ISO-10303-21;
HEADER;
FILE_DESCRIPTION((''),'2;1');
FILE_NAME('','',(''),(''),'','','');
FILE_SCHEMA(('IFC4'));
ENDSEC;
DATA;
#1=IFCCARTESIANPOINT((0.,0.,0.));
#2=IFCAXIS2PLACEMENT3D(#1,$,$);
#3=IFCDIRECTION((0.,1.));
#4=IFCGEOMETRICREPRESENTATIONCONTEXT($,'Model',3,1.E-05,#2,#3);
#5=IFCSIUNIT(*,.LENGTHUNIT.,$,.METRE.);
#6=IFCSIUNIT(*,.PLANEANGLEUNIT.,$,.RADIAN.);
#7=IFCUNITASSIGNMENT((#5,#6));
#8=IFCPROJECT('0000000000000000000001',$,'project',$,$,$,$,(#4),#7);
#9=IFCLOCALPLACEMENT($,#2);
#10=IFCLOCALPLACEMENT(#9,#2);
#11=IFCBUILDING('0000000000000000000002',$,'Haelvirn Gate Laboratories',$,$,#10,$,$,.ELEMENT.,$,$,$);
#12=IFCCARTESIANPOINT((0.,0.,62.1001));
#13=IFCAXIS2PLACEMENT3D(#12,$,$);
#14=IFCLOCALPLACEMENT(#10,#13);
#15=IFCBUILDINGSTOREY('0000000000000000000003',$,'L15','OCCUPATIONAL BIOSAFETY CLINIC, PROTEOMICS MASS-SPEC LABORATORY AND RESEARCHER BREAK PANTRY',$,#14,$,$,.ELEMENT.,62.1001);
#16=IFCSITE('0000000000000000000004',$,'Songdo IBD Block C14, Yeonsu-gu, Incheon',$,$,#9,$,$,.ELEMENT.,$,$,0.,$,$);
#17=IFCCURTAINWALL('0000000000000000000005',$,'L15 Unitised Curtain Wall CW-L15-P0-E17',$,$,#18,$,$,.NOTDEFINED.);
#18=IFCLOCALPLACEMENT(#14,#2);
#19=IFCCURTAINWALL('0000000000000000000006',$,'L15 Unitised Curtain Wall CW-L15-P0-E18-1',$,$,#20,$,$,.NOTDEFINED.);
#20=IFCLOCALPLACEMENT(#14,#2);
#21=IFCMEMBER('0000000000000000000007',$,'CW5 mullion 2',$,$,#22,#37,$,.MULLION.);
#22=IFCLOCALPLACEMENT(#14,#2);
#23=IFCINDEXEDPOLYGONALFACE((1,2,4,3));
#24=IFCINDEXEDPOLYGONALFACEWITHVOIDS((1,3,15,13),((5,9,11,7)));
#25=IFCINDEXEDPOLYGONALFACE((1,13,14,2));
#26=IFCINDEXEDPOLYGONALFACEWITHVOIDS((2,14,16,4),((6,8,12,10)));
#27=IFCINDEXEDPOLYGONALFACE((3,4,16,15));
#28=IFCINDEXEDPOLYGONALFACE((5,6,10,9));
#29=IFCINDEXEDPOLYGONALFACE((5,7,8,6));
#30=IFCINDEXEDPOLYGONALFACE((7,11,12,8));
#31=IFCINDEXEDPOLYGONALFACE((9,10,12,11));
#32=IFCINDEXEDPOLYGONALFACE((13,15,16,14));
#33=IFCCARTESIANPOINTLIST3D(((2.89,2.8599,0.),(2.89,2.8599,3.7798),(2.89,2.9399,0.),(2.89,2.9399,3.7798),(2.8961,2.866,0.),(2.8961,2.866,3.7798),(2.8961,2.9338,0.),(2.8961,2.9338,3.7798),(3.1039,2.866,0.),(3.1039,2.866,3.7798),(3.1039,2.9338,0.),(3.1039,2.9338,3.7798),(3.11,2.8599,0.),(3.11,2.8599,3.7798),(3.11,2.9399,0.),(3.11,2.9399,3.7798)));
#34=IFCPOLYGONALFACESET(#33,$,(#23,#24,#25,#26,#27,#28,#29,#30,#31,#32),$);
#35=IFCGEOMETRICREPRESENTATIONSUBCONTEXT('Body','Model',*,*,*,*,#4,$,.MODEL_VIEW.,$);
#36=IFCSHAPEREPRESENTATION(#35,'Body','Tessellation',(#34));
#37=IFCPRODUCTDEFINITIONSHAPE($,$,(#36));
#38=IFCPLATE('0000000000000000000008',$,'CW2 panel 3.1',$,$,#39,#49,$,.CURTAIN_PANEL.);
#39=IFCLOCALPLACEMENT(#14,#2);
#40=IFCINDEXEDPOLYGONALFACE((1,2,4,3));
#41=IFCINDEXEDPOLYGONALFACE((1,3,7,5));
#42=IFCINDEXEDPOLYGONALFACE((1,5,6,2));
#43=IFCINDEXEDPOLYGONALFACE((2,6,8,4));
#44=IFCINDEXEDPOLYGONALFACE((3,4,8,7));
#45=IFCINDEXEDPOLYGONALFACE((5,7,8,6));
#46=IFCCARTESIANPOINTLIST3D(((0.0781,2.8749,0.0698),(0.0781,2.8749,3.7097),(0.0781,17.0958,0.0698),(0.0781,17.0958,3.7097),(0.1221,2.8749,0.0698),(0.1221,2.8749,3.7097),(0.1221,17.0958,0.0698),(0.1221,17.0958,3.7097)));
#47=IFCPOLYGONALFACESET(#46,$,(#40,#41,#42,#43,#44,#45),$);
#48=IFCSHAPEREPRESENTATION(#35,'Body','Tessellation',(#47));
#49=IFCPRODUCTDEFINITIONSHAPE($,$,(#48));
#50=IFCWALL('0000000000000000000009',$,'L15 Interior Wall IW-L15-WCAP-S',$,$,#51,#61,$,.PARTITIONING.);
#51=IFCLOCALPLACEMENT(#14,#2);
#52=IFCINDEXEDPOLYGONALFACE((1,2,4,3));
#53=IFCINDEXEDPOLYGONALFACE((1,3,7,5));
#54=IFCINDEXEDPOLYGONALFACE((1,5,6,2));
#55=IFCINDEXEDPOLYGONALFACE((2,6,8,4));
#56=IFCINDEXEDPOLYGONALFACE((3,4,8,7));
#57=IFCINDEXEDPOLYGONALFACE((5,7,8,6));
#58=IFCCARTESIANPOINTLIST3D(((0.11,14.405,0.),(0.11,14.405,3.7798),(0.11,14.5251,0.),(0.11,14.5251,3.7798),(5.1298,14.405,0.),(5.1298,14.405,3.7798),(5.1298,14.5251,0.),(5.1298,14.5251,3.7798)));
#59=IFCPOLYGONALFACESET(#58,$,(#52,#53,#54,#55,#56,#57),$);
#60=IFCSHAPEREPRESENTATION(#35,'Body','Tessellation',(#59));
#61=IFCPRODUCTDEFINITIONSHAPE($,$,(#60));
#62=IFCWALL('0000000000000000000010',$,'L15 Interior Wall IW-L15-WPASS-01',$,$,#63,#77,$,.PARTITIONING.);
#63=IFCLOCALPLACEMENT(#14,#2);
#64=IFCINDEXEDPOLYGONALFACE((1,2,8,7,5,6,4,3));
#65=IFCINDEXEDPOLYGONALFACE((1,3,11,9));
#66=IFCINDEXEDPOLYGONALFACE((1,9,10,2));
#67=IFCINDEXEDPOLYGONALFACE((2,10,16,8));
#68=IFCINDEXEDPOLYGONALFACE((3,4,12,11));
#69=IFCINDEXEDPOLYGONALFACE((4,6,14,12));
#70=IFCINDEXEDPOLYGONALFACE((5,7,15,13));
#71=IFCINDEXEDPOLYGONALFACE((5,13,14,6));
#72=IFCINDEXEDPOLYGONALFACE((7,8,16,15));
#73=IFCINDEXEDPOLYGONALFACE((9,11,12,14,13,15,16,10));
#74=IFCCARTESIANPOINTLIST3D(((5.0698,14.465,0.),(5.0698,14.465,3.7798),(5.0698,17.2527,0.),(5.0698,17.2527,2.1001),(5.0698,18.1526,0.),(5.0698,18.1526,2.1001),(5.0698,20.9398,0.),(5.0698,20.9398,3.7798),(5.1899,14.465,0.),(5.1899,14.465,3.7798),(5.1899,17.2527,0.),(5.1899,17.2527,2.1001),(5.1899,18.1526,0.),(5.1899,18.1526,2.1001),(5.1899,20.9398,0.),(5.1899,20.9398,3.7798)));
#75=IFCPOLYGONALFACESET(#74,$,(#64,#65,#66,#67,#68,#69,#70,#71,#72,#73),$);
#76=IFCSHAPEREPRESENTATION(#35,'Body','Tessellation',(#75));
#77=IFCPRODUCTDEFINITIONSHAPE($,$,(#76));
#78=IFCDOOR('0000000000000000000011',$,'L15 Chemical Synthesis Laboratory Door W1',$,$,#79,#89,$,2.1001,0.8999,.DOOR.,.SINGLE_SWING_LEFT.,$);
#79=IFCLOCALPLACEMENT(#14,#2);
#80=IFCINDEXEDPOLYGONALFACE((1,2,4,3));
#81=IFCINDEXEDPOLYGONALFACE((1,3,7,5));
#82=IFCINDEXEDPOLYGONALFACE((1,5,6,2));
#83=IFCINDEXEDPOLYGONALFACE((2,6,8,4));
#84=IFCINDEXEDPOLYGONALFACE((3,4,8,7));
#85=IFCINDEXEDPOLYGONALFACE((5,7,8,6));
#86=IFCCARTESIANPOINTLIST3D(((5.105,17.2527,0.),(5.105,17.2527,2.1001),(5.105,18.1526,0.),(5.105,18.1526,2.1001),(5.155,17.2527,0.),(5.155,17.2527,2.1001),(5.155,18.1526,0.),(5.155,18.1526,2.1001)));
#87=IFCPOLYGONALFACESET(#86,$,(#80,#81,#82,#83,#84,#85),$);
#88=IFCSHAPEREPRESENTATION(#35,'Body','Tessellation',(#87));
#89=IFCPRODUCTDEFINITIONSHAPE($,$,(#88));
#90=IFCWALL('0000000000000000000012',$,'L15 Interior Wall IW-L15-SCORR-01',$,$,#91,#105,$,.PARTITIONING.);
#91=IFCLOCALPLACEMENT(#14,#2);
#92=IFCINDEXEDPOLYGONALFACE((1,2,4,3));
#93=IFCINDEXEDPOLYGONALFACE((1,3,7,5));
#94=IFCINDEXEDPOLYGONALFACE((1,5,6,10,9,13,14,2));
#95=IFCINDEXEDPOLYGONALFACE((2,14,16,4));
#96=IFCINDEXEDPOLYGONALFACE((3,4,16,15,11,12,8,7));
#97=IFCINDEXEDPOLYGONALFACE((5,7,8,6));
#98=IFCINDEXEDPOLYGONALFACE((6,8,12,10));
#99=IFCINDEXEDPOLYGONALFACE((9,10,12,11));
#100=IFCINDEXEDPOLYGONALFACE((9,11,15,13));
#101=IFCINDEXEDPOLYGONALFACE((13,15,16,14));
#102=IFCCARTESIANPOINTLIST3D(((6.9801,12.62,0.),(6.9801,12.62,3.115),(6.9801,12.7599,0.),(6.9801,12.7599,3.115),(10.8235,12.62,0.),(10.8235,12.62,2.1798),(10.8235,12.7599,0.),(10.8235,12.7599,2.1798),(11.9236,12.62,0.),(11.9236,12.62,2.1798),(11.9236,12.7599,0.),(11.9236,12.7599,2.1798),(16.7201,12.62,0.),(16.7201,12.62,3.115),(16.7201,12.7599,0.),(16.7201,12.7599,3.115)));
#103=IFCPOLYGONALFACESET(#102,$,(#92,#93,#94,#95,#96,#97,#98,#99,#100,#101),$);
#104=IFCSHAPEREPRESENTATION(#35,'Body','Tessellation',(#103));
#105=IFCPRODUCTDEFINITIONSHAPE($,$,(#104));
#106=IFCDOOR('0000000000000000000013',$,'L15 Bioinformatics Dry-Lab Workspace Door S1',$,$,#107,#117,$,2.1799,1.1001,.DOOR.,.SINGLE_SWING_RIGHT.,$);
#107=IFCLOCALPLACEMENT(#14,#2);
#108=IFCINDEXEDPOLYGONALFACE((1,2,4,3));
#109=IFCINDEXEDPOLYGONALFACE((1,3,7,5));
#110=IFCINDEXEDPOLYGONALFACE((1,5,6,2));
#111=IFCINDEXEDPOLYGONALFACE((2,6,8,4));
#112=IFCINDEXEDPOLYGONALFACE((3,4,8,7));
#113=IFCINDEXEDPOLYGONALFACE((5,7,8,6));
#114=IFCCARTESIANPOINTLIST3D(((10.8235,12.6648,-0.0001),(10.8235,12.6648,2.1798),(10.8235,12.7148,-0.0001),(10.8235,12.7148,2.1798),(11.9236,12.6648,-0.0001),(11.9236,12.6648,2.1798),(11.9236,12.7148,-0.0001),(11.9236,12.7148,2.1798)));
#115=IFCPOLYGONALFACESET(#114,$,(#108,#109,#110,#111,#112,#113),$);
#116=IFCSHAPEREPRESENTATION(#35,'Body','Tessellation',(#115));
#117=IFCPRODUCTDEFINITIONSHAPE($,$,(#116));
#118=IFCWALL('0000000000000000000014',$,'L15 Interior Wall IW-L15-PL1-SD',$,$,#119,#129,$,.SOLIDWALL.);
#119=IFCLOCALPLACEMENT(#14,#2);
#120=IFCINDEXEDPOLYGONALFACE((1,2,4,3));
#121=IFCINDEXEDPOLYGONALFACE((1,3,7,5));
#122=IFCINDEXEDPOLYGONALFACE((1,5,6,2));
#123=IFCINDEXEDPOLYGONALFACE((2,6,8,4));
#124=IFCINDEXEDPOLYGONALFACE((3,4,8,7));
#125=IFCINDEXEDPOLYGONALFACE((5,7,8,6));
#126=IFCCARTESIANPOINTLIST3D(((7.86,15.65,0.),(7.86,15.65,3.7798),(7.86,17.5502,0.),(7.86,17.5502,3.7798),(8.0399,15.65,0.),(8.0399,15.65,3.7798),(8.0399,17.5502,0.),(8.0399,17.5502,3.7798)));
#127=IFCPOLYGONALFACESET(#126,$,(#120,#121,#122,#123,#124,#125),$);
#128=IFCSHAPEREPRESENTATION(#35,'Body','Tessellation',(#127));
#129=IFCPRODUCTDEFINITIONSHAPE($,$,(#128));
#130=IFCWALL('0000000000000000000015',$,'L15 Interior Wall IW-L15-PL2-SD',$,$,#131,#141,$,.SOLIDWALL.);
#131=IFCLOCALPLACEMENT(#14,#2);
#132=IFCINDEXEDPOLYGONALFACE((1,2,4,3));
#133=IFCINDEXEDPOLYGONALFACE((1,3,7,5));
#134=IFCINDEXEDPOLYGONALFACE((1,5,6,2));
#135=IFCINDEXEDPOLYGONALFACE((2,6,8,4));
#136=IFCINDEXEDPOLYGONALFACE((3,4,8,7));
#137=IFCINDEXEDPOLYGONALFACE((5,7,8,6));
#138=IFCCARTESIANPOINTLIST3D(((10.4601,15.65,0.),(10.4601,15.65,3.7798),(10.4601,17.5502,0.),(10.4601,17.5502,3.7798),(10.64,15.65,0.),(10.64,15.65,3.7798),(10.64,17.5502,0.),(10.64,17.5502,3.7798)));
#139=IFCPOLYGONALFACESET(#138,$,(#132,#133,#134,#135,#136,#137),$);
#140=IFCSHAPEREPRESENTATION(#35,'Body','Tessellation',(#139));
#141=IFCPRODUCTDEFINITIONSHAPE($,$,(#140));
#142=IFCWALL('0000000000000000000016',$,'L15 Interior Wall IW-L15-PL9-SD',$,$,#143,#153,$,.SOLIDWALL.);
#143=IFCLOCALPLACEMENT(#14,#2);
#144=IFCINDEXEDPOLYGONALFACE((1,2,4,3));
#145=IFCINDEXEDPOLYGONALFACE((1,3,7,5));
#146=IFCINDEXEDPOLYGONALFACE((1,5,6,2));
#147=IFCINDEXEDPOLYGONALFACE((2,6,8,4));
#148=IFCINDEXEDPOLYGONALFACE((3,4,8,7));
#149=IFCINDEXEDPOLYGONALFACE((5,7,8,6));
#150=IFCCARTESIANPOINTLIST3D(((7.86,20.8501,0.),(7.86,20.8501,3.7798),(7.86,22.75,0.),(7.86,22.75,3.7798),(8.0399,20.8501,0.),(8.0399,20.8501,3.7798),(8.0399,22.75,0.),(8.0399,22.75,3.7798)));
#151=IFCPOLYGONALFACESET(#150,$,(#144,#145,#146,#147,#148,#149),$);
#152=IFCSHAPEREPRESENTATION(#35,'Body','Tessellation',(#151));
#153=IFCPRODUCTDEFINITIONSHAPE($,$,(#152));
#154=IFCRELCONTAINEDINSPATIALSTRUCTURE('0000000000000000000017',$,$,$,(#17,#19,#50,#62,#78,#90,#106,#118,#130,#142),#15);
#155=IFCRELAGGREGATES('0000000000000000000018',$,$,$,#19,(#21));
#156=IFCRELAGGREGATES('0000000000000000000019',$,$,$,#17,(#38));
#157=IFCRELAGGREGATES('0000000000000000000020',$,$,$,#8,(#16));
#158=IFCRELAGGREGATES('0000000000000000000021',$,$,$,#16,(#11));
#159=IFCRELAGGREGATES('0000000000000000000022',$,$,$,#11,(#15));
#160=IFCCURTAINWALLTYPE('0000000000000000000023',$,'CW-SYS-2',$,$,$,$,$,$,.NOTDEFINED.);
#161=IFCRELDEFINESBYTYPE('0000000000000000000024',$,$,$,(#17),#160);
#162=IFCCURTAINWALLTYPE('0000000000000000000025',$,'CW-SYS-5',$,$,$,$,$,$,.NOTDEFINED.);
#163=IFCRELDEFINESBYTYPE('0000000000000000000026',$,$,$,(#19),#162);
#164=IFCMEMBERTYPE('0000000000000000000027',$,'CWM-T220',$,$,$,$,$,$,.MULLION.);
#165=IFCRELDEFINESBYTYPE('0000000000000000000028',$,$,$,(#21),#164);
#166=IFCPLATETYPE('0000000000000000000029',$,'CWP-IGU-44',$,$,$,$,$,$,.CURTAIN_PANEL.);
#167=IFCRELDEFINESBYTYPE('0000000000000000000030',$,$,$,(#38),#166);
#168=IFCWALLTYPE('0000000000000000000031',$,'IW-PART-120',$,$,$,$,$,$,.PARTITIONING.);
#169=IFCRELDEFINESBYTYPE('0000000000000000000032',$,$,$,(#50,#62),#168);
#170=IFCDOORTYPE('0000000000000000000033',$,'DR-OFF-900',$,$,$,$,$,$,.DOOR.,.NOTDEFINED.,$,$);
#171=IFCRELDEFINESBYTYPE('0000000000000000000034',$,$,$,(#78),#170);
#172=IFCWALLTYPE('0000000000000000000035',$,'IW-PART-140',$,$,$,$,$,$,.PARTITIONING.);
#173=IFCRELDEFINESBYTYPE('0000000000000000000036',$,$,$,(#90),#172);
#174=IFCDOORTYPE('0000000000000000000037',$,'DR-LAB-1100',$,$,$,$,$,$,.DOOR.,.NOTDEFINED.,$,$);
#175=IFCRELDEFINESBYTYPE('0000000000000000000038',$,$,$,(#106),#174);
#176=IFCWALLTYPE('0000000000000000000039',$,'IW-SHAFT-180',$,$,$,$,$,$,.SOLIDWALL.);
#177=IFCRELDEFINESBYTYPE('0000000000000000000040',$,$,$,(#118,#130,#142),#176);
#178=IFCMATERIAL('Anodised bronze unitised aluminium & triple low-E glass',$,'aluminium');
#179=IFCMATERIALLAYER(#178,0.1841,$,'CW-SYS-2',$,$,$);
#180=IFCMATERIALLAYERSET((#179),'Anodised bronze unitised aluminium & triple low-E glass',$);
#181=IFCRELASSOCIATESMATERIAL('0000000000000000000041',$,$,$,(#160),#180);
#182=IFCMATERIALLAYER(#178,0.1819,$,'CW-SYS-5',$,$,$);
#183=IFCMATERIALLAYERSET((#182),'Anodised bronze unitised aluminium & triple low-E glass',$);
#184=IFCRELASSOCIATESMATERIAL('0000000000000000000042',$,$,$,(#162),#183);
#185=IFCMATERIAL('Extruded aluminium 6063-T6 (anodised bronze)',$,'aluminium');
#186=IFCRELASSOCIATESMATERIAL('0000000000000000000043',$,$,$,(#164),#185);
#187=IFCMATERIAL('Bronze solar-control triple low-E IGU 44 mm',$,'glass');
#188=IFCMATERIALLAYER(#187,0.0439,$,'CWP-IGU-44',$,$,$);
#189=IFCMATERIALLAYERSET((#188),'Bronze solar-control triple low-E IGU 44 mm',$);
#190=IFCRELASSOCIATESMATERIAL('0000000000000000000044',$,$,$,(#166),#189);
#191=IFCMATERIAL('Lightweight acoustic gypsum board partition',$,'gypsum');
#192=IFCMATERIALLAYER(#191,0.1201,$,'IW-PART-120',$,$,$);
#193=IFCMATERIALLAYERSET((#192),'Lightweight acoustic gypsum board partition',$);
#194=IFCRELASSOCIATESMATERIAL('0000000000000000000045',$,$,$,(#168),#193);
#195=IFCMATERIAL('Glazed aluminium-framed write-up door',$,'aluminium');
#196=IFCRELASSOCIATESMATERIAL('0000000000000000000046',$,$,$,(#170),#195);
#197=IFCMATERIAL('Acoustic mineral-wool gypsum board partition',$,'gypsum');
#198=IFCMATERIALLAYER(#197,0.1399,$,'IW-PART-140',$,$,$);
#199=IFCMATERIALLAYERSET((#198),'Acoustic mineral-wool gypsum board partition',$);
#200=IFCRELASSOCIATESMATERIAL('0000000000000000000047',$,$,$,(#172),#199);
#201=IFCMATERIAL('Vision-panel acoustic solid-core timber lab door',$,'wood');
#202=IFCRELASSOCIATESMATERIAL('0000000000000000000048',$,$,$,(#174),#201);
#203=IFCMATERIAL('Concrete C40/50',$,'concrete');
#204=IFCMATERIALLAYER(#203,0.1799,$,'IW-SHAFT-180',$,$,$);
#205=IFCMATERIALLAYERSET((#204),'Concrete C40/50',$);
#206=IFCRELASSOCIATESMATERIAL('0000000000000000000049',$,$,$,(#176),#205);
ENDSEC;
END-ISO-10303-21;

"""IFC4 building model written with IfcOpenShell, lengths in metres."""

from ifc_helpers import new_model, si_unit, direction, frame, frame_2d, origin, origin_2d, place, context, subcontext, project, spatial, rectangle, hollow_rectangle, extrude, source, transform, mapped, material, layer, layer_set, material_profile, profile_set, type_object, type_shapes, element, fill, aggregate, save


model = new_model("IFC4")

# Units and contexts
model_context = context("Model", 3, precision=1e-05, world=origin(), true_north=direction((0.0, 1.0)))
body_context = subcontext(model_context, "Body", "Model", "MODEL_VIEW")
ifc_project = project(units=[si_unit("LENGTHUNIT", "METRE"), si_unit("PLANEANGLEUNIT", "RADIAN")], contexts=[model_context])

# Site, building, storey
site_placement = place(None, origin())
site = spatial("IfcSite", under=ifc_project, at=site_placement, Name="Songdo IBD Block C14, Yeonsu-gu, Incheon", CompositionType="ELEMENT", RefElevation=0.0)
building_placement = place(site_placement, origin())
building = spatial("IfcBuilding", under=site, at=building_placement, Name="Haelvirn Gate Laboratories", CompositionType="ELEMENT")
storey_placement = place(building_placement, frame((0.0, 0.0, 62.1001)))
storey = spatial("IfcBuildingStorey", under=building, at=storey_placement, Name="L15", Description="OCCUPATIONAL BIOSAFETY CLINIC, PROTEOMICS MASS-SPEC LABORATORY AND RESEARCHER BREAK PANTRY", CompositionType="ELEMENT", Elevation=62.1001)

# Curtain wall
ifc_material_1 = material(Name="Anodised bronze unitised aluminium & triple low-E glass", Category="aluminium")
ifc_layer_1 = layer(ifc_material_1, 0.1841, Name="CW-SYS-2")
ifc_layer_set_1 = layer_set([ifc_layer_1], Name="Anodised bronze unitised aluminium & triple low-E glass")
curtain_wall_type_1 = type_object("IfcCurtainWallType", Name="CW-SYS-2", PredefinedType="NOTDEFINED", material=ifc_layer_set_1)
curtain_wall_1_placement = place(storey_placement, origin())
curtain_wall_1 = element("IfcCurtainWall", 1, at=curtain_wall_1_placement, inside=storey, type_object=curtain_wall_type_1, Name="L15 Unitised Curtain Wall CW-L15-P0-E17", PredefinedType="NOTDEFINED")
ifc_material_2 = material(Name="Extruded aluminium 6063-T6 (anodised bronze)", Category="aluminium")

# Curtain wall, member
ifc_layer_2 = layer(ifc_material_1, 0.1819, Name="CW-SYS-5")
ifc_layer_set_2 = layer_set([ifc_layer_2], Name="Anodised bronze unitised aluminium & triple low-E glass")
curtain_wall_type_2 = type_object("IfcCurtainWallType", Name="CW-SYS-5", PredefinedType="NOTDEFINED", material=ifc_layer_set_2)
curtain_wall_2_placement = place(storey_placement, origin())
curtain_wall_2 = element("IfcCurtainWall", 2, at=curtain_wall_2_placement, inside=storey, type_object=curtain_wall_type_2, Name="L15 Unitised Curtain Wall CW-L15-P0-E18-1", PredefinedType="NOTDEFINED")
ifc_material_profile_1 = material_profile(ifc_material_2, hollow_rectangle(XDim=0.0801, YDim=0.22, WallThickness=0.0061, at=origin_2d()), Name="CWM-220x80x6")
ifc_profile_set_1 = profile_set([ifc_material_profile_1], Name="Extruded aluminium 6063-T6 (anodised bronze)")
member_type_1 = type_object("IfcMemberType", Name="CWM-T220", PredefinedType="MULLION", material=ifc_profile_set_1)
shared_shape_1 = source(origin(), body_context, "Body", "SweptSolid", [
    extrude(hollow_rectangle(XDim=0.0801, YDim=0.22, WallThickness=0.0061, at=origin_2d()), origin(), (0.0, 0.0, 1.0), 3.7798),
])
type_shapes(member_type_1, [shared_shape_1])
member_1_placement = place(storey_placement, frame((3.0, 2.8999, 0.0), z_axis=(0.0, 0.0, 1.0), x_axis=(0.0, 1.0, 0.0)))
member_1 = element("IfcMember", 3, at=member_1_placement, type_object=member_type_1, Name="CW5 mullion 2", PredefinedType="MULLION", context=body_context, shape_type="MappedRepresentation", body=[
    mapped(shared_shape_1, transform((0.0, 0.0, 0.0), scale=1.0)),
])
aggregate(curtain_wall_2, [member_1])

# Plate
ifc_material_3 = material(Name="Bronze solar-control triple low-E IGU 44 mm", Category="glass")
ifc_layer_3 = layer(ifc_material_3, 0.0439, Name="CWP-IGU-44")
ifc_layer_set_3 = layer_set([ifc_layer_3], Name="Bronze solar-control triple low-E IGU 44 mm")
plate_type = type_object("IfcPlateType", Name="CWP-IGU-44", PredefinedType="CURTAIN_PANEL", material=ifc_layer_set_3)
shared_shape_2 = source(origin(), body_context, "Body", "SweptSolid", [
    extrude(rectangle(XDim=14.2209, YDim=0.0439, at=origin_2d()), origin(), (0.0, 0.0, 1.0), 3.6399),
])
type_shapes(plate_type, [shared_shape_2])
plate_placement = place(storey_placement, frame((0.1001, 9.9854, 0.0698), z_axis=(0.0, 0.0, 1.0), x_axis=(0.0, -1.0, 0.0)))
plate = element("IfcPlate", 4, at=plate_placement, type_object=plate_type, Name="CW2 panel 3.1", PredefinedType="CURTAIN_PANEL", context=body_context, shape_type="MappedRepresentation", body=[
    mapped(shared_shape_2, transform((0.0, 0.0, 0.0), scale=1.0)),
])
aggregate(curtain_wall_1, [plate])

# Wall
ifc_material_4 = material(Name="Lightweight acoustic gypsum board partition", Category="gypsum")
ifc_layer_4 = layer(ifc_material_4, 0.1201, Name="IW-PART-120")
ifc_layer_set_4 = layer_set([ifc_layer_4], Name="Lightweight acoustic gypsum board partition")
wall_type_1 = type_object("IfcWallType", Name="IW-PART-120", PredefinedType="PARTITIONING", material=ifc_layer_set_4)
wall_1_placement = place(storey_placement, frame((0.1101, 14.4651, 0.0), z_axis=(0.0, 0.0, 1.0), x_axis=(1.0, 0.0, 0.0)))
element("IfcWall", 5, at=wall_1_placement, inside=storey, type_object=wall_type_1, Name="L15 Interior Wall IW-L15-WCAP-S", PredefinedType="PARTITIONING", context=body_context, shape_type="SweptSolid", body=[
    extrude(rectangle(XDim=5.0198, YDim=0.1201, at=frame_2d((2.5098, 0.0))), origin(), (0.0, 0.0, 1.0), 3.7798),
])

# Walls, openings, doors
wall_2_placement = place(storey_placement, frame((5.1299, 14.4651, 0.0), z_axis=(0.0, 0.0, 1.0), x_axis=(0.0, 1.0, 0.0)))
wall_2 = element("IfcWall", 6, at=wall_2_placement, inside=storey, type_object=wall_type_1, Name="L15 Interior Wall IW-L15-WPASS-01", PredefinedType="PARTITIONING", context=body_context, shape_type="SweptSolid", body=[
    extrude(rectangle(XDim=6.4749, YDim=0.1201, at=frame_2d((3.2373, 0.0))), origin(), (0.0, 0.0, 1.0), 3.7798),
])
opening_1_placement = place(wall_2_placement, frame((2.7876, 0.0, 0.0)))
opening_1 = element("IfcOpeningElement", 7, at=opening_1_placement, cuts=wall_2, PredefinedType="OPENING", context=body_context, shape_type="SweptSolid", body=[
    extrude(rectangle(XDim=0.8999, YDim=2.1001, at=frame_2d((0.45, 1.05))), frame((0.0, 0.0701, 0.0), z_axis=(0.0, -1.0, 0.0), x_axis=(1.0, 0.0, 0.0)), (0.0, 0.0, 1.0), 0.1401),
])
ifc_material_5 = material(Name="Glazed aluminium-framed write-up door", Category="aluminium")
door_type_1 = type_object("IfcDoorType", Name="DR-OFF-900", OperationType="NOTDEFINED", PredefinedType="DOOR", material=ifc_material_5)
shared_shape_3 = source(origin(), body_context, "Body", "SweptSolid", [
    extrude(rectangle(XDim=0.8999, YDim=2.1001, at=frame_2d((0.45, 1.05))), frame((0.0, 0.0249, 0.0), z_axis=(0.0, -1.0, 0.0), x_axis=(1.0, 0.0, 0.0)), (0.0, 0.0, 1.0), 0.05),
])
type_shapes(door_type_1, [shared_shape_3])
door_1_placement = place(opening_1_placement, origin())
door_1 = element("IfcDoor", 8, at=door_1_placement, inside=storey, type_object=door_type_1, Name="L15 Chemical Synthesis Laboratory Door W1", OperationType="SINGLE_SWING_LEFT", OverallHeight=2.1001, OverallWidth=0.8999, PredefinedType="DOOR", context=body_context, shape_type="MappedRepresentation", body=[
    mapped(shared_shape_3, transform((0.0, 0.0, 0.0), scale=1.0)),
])
fill(opening_1, door_1)
ifc_material_6 = material(Name="Acoustic mineral-wool gypsum board partition", Category="gypsum")
ifc_layer_5 = layer(ifc_material_6, 0.1399, Name="IW-PART-140")
ifc_layer_set_5 = layer_set([ifc_layer_5], Name="Acoustic mineral-wool gypsum board partition")
wall_type_2 = type_object("IfcWallType", Name="IW-PART-140", PredefinedType="PARTITIONING", material=ifc_layer_set_5)
wall_3_placement = place(storey_placement, frame((6.98, 12.6899, 0.0), z_axis=(0.0, 0.0, 1.0), x_axis=(1.0, 0.0, 0.0)))
wall_3 = element("IfcWall", 9, at=wall_3_placement, inside=storey, type_object=wall_type_2, Name="L15 Interior Wall IW-L15-SCORR-01", PredefinedType="PARTITIONING", context=body_context, shape_type="SweptSolid", body=[
    extrude(rectangle(XDim=9.74, YDim=0.1399, at=frame_2d((4.8701, 0.0))), origin(), (0.0, 0.0, 1.0), 3.115),
])
opening_2_placement = place(wall_3_placement, frame((3.8435, 0.0, 0.0)))
opening_2 = element("IfcOpeningElement", 10, at=opening_2_placement, cuts=wall_3, PredefinedType="OPENING", context=body_context, shape_type="SweptSolid", body=[
    extrude(rectangle(XDim=1.1001, YDim=2.1799, at=frame_2d((0.55, 1.0898))), frame((0.0, 0.0801, 0.0), z_axis=(0.0, -1.0, 0.0), x_axis=(1.0, 0.0, 0.0)), (0.0, 0.0, 1.0), 0.1599),
])
ifc_material_7 = material(Name="Vision-panel acoustic solid-core timber lab door", Category="wood")
door_type_2 = type_object("IfcDoorType", Name="DR-LAB-1100", OperationType="NOTDEFINED", PredefinedType="DOOR", material=ifc_material_7)
shared_shape_4 = source(origin(), body_context, "Body", "SweptSolid", [
    extrude(rectangle(XDim=1.1001, YDim=2.1799, at=frame_2d((0.55, 1.0898))), frame((0.0, 0.0249, 0.0), z_axis=(0.0, -1.0, 0.0), x_axis=(1.0, 0.0, 0.0)), (0.0, 0.0, 1.0), 0.05),
])
type_shapes(door_type_2, [shared_shape_4])
door_2_placement = place(opening_2_placement, origin())
door_2 = element("IfcDoor", 11, at=door_2_placement, inside=storey, type_object=door_type_2, Name="L15 Bioinformatics Dry-Lab Workspace Door S1", OperationType="SINGLE_SWING_RIGHT", OverallHeight=2.1799, OverallWidth=1.1001, PredefinedType="DOOR", context=body_context, shape_type="MappedRepresentation", body=[
    mapped(shared_shape_4, transform((0.0, 0.0, 0.0), scale=1.0)),
])
fill(opening_2, door_2)

# Walls
ifc_material_8 = material(Name="Concrete C40/50", Category="concrete")
ifc_layer_6 = layer(ifc_material_8, 0.1799, Name="IW-SHAFT-180")
ifc_layer_set_6 = layer_set([ifc_layer_6], Name="Concrete C40/50")
wall_type_3 = type_object("IfcWallType", Name="IW-SHAFT-180", PredefinedType="SOLIDWALL", material=ifc_layer_set_6)
for number, where, z_axis, x_axis, name in (
    (12, (7.95, 15.6499, 0.0), (0.0, 0.0, 1.0), (0.0, 1.0, 0.0), "L15 Interior Wall IW-L15-PL1-SD"),
    (13, (10.55, 15.6499, 0.0), (0.0, 0.0, 1.0), (0.0, 1.0, 0.0), "L15 Interior Wall IW-L15-PL2-SD"),
):
    element("IfcWall", number, at=place(storey_placement, frame(where, z_axis=z_axis, x_axis=x_axis)), inside=storey, type_object=wall_type_3, Name=name, PredefinedType="SOLIDWALL", context=body_context, shape_type="SweptSolid", body=[
        extrude(rectangle(XDim=1.9001, YDim=0.1799, at=frame_2d((0.9502, 0.0))), origin(), (0.0, 0.0, 1.0), 3.7798),
    ])
wall_4_placement = place(storey_placement, frame((7.95, 20.8501, 0.0), z_axis=(0.0, 0.0, 1.0), x_axis=(0.0, 1.0, 0.0)))
element("IfcWall", 14, at=wall_4_placement, inside=storey, type_object=wall_type_3, Name="L15 Interior Wall IW-L15-PL9-SD", PredefinedType="SOLIDWALL", context=body_context, shape_type="SweptSolid", body=[
    extrude(rectangle(XDim=1.8999, YDim=0.1799, at=frame_2d((0.95, 0.0))), origin(), (0.0, 0.0, 1.0), 3.7798),
])

save(model, "model.ifc")
